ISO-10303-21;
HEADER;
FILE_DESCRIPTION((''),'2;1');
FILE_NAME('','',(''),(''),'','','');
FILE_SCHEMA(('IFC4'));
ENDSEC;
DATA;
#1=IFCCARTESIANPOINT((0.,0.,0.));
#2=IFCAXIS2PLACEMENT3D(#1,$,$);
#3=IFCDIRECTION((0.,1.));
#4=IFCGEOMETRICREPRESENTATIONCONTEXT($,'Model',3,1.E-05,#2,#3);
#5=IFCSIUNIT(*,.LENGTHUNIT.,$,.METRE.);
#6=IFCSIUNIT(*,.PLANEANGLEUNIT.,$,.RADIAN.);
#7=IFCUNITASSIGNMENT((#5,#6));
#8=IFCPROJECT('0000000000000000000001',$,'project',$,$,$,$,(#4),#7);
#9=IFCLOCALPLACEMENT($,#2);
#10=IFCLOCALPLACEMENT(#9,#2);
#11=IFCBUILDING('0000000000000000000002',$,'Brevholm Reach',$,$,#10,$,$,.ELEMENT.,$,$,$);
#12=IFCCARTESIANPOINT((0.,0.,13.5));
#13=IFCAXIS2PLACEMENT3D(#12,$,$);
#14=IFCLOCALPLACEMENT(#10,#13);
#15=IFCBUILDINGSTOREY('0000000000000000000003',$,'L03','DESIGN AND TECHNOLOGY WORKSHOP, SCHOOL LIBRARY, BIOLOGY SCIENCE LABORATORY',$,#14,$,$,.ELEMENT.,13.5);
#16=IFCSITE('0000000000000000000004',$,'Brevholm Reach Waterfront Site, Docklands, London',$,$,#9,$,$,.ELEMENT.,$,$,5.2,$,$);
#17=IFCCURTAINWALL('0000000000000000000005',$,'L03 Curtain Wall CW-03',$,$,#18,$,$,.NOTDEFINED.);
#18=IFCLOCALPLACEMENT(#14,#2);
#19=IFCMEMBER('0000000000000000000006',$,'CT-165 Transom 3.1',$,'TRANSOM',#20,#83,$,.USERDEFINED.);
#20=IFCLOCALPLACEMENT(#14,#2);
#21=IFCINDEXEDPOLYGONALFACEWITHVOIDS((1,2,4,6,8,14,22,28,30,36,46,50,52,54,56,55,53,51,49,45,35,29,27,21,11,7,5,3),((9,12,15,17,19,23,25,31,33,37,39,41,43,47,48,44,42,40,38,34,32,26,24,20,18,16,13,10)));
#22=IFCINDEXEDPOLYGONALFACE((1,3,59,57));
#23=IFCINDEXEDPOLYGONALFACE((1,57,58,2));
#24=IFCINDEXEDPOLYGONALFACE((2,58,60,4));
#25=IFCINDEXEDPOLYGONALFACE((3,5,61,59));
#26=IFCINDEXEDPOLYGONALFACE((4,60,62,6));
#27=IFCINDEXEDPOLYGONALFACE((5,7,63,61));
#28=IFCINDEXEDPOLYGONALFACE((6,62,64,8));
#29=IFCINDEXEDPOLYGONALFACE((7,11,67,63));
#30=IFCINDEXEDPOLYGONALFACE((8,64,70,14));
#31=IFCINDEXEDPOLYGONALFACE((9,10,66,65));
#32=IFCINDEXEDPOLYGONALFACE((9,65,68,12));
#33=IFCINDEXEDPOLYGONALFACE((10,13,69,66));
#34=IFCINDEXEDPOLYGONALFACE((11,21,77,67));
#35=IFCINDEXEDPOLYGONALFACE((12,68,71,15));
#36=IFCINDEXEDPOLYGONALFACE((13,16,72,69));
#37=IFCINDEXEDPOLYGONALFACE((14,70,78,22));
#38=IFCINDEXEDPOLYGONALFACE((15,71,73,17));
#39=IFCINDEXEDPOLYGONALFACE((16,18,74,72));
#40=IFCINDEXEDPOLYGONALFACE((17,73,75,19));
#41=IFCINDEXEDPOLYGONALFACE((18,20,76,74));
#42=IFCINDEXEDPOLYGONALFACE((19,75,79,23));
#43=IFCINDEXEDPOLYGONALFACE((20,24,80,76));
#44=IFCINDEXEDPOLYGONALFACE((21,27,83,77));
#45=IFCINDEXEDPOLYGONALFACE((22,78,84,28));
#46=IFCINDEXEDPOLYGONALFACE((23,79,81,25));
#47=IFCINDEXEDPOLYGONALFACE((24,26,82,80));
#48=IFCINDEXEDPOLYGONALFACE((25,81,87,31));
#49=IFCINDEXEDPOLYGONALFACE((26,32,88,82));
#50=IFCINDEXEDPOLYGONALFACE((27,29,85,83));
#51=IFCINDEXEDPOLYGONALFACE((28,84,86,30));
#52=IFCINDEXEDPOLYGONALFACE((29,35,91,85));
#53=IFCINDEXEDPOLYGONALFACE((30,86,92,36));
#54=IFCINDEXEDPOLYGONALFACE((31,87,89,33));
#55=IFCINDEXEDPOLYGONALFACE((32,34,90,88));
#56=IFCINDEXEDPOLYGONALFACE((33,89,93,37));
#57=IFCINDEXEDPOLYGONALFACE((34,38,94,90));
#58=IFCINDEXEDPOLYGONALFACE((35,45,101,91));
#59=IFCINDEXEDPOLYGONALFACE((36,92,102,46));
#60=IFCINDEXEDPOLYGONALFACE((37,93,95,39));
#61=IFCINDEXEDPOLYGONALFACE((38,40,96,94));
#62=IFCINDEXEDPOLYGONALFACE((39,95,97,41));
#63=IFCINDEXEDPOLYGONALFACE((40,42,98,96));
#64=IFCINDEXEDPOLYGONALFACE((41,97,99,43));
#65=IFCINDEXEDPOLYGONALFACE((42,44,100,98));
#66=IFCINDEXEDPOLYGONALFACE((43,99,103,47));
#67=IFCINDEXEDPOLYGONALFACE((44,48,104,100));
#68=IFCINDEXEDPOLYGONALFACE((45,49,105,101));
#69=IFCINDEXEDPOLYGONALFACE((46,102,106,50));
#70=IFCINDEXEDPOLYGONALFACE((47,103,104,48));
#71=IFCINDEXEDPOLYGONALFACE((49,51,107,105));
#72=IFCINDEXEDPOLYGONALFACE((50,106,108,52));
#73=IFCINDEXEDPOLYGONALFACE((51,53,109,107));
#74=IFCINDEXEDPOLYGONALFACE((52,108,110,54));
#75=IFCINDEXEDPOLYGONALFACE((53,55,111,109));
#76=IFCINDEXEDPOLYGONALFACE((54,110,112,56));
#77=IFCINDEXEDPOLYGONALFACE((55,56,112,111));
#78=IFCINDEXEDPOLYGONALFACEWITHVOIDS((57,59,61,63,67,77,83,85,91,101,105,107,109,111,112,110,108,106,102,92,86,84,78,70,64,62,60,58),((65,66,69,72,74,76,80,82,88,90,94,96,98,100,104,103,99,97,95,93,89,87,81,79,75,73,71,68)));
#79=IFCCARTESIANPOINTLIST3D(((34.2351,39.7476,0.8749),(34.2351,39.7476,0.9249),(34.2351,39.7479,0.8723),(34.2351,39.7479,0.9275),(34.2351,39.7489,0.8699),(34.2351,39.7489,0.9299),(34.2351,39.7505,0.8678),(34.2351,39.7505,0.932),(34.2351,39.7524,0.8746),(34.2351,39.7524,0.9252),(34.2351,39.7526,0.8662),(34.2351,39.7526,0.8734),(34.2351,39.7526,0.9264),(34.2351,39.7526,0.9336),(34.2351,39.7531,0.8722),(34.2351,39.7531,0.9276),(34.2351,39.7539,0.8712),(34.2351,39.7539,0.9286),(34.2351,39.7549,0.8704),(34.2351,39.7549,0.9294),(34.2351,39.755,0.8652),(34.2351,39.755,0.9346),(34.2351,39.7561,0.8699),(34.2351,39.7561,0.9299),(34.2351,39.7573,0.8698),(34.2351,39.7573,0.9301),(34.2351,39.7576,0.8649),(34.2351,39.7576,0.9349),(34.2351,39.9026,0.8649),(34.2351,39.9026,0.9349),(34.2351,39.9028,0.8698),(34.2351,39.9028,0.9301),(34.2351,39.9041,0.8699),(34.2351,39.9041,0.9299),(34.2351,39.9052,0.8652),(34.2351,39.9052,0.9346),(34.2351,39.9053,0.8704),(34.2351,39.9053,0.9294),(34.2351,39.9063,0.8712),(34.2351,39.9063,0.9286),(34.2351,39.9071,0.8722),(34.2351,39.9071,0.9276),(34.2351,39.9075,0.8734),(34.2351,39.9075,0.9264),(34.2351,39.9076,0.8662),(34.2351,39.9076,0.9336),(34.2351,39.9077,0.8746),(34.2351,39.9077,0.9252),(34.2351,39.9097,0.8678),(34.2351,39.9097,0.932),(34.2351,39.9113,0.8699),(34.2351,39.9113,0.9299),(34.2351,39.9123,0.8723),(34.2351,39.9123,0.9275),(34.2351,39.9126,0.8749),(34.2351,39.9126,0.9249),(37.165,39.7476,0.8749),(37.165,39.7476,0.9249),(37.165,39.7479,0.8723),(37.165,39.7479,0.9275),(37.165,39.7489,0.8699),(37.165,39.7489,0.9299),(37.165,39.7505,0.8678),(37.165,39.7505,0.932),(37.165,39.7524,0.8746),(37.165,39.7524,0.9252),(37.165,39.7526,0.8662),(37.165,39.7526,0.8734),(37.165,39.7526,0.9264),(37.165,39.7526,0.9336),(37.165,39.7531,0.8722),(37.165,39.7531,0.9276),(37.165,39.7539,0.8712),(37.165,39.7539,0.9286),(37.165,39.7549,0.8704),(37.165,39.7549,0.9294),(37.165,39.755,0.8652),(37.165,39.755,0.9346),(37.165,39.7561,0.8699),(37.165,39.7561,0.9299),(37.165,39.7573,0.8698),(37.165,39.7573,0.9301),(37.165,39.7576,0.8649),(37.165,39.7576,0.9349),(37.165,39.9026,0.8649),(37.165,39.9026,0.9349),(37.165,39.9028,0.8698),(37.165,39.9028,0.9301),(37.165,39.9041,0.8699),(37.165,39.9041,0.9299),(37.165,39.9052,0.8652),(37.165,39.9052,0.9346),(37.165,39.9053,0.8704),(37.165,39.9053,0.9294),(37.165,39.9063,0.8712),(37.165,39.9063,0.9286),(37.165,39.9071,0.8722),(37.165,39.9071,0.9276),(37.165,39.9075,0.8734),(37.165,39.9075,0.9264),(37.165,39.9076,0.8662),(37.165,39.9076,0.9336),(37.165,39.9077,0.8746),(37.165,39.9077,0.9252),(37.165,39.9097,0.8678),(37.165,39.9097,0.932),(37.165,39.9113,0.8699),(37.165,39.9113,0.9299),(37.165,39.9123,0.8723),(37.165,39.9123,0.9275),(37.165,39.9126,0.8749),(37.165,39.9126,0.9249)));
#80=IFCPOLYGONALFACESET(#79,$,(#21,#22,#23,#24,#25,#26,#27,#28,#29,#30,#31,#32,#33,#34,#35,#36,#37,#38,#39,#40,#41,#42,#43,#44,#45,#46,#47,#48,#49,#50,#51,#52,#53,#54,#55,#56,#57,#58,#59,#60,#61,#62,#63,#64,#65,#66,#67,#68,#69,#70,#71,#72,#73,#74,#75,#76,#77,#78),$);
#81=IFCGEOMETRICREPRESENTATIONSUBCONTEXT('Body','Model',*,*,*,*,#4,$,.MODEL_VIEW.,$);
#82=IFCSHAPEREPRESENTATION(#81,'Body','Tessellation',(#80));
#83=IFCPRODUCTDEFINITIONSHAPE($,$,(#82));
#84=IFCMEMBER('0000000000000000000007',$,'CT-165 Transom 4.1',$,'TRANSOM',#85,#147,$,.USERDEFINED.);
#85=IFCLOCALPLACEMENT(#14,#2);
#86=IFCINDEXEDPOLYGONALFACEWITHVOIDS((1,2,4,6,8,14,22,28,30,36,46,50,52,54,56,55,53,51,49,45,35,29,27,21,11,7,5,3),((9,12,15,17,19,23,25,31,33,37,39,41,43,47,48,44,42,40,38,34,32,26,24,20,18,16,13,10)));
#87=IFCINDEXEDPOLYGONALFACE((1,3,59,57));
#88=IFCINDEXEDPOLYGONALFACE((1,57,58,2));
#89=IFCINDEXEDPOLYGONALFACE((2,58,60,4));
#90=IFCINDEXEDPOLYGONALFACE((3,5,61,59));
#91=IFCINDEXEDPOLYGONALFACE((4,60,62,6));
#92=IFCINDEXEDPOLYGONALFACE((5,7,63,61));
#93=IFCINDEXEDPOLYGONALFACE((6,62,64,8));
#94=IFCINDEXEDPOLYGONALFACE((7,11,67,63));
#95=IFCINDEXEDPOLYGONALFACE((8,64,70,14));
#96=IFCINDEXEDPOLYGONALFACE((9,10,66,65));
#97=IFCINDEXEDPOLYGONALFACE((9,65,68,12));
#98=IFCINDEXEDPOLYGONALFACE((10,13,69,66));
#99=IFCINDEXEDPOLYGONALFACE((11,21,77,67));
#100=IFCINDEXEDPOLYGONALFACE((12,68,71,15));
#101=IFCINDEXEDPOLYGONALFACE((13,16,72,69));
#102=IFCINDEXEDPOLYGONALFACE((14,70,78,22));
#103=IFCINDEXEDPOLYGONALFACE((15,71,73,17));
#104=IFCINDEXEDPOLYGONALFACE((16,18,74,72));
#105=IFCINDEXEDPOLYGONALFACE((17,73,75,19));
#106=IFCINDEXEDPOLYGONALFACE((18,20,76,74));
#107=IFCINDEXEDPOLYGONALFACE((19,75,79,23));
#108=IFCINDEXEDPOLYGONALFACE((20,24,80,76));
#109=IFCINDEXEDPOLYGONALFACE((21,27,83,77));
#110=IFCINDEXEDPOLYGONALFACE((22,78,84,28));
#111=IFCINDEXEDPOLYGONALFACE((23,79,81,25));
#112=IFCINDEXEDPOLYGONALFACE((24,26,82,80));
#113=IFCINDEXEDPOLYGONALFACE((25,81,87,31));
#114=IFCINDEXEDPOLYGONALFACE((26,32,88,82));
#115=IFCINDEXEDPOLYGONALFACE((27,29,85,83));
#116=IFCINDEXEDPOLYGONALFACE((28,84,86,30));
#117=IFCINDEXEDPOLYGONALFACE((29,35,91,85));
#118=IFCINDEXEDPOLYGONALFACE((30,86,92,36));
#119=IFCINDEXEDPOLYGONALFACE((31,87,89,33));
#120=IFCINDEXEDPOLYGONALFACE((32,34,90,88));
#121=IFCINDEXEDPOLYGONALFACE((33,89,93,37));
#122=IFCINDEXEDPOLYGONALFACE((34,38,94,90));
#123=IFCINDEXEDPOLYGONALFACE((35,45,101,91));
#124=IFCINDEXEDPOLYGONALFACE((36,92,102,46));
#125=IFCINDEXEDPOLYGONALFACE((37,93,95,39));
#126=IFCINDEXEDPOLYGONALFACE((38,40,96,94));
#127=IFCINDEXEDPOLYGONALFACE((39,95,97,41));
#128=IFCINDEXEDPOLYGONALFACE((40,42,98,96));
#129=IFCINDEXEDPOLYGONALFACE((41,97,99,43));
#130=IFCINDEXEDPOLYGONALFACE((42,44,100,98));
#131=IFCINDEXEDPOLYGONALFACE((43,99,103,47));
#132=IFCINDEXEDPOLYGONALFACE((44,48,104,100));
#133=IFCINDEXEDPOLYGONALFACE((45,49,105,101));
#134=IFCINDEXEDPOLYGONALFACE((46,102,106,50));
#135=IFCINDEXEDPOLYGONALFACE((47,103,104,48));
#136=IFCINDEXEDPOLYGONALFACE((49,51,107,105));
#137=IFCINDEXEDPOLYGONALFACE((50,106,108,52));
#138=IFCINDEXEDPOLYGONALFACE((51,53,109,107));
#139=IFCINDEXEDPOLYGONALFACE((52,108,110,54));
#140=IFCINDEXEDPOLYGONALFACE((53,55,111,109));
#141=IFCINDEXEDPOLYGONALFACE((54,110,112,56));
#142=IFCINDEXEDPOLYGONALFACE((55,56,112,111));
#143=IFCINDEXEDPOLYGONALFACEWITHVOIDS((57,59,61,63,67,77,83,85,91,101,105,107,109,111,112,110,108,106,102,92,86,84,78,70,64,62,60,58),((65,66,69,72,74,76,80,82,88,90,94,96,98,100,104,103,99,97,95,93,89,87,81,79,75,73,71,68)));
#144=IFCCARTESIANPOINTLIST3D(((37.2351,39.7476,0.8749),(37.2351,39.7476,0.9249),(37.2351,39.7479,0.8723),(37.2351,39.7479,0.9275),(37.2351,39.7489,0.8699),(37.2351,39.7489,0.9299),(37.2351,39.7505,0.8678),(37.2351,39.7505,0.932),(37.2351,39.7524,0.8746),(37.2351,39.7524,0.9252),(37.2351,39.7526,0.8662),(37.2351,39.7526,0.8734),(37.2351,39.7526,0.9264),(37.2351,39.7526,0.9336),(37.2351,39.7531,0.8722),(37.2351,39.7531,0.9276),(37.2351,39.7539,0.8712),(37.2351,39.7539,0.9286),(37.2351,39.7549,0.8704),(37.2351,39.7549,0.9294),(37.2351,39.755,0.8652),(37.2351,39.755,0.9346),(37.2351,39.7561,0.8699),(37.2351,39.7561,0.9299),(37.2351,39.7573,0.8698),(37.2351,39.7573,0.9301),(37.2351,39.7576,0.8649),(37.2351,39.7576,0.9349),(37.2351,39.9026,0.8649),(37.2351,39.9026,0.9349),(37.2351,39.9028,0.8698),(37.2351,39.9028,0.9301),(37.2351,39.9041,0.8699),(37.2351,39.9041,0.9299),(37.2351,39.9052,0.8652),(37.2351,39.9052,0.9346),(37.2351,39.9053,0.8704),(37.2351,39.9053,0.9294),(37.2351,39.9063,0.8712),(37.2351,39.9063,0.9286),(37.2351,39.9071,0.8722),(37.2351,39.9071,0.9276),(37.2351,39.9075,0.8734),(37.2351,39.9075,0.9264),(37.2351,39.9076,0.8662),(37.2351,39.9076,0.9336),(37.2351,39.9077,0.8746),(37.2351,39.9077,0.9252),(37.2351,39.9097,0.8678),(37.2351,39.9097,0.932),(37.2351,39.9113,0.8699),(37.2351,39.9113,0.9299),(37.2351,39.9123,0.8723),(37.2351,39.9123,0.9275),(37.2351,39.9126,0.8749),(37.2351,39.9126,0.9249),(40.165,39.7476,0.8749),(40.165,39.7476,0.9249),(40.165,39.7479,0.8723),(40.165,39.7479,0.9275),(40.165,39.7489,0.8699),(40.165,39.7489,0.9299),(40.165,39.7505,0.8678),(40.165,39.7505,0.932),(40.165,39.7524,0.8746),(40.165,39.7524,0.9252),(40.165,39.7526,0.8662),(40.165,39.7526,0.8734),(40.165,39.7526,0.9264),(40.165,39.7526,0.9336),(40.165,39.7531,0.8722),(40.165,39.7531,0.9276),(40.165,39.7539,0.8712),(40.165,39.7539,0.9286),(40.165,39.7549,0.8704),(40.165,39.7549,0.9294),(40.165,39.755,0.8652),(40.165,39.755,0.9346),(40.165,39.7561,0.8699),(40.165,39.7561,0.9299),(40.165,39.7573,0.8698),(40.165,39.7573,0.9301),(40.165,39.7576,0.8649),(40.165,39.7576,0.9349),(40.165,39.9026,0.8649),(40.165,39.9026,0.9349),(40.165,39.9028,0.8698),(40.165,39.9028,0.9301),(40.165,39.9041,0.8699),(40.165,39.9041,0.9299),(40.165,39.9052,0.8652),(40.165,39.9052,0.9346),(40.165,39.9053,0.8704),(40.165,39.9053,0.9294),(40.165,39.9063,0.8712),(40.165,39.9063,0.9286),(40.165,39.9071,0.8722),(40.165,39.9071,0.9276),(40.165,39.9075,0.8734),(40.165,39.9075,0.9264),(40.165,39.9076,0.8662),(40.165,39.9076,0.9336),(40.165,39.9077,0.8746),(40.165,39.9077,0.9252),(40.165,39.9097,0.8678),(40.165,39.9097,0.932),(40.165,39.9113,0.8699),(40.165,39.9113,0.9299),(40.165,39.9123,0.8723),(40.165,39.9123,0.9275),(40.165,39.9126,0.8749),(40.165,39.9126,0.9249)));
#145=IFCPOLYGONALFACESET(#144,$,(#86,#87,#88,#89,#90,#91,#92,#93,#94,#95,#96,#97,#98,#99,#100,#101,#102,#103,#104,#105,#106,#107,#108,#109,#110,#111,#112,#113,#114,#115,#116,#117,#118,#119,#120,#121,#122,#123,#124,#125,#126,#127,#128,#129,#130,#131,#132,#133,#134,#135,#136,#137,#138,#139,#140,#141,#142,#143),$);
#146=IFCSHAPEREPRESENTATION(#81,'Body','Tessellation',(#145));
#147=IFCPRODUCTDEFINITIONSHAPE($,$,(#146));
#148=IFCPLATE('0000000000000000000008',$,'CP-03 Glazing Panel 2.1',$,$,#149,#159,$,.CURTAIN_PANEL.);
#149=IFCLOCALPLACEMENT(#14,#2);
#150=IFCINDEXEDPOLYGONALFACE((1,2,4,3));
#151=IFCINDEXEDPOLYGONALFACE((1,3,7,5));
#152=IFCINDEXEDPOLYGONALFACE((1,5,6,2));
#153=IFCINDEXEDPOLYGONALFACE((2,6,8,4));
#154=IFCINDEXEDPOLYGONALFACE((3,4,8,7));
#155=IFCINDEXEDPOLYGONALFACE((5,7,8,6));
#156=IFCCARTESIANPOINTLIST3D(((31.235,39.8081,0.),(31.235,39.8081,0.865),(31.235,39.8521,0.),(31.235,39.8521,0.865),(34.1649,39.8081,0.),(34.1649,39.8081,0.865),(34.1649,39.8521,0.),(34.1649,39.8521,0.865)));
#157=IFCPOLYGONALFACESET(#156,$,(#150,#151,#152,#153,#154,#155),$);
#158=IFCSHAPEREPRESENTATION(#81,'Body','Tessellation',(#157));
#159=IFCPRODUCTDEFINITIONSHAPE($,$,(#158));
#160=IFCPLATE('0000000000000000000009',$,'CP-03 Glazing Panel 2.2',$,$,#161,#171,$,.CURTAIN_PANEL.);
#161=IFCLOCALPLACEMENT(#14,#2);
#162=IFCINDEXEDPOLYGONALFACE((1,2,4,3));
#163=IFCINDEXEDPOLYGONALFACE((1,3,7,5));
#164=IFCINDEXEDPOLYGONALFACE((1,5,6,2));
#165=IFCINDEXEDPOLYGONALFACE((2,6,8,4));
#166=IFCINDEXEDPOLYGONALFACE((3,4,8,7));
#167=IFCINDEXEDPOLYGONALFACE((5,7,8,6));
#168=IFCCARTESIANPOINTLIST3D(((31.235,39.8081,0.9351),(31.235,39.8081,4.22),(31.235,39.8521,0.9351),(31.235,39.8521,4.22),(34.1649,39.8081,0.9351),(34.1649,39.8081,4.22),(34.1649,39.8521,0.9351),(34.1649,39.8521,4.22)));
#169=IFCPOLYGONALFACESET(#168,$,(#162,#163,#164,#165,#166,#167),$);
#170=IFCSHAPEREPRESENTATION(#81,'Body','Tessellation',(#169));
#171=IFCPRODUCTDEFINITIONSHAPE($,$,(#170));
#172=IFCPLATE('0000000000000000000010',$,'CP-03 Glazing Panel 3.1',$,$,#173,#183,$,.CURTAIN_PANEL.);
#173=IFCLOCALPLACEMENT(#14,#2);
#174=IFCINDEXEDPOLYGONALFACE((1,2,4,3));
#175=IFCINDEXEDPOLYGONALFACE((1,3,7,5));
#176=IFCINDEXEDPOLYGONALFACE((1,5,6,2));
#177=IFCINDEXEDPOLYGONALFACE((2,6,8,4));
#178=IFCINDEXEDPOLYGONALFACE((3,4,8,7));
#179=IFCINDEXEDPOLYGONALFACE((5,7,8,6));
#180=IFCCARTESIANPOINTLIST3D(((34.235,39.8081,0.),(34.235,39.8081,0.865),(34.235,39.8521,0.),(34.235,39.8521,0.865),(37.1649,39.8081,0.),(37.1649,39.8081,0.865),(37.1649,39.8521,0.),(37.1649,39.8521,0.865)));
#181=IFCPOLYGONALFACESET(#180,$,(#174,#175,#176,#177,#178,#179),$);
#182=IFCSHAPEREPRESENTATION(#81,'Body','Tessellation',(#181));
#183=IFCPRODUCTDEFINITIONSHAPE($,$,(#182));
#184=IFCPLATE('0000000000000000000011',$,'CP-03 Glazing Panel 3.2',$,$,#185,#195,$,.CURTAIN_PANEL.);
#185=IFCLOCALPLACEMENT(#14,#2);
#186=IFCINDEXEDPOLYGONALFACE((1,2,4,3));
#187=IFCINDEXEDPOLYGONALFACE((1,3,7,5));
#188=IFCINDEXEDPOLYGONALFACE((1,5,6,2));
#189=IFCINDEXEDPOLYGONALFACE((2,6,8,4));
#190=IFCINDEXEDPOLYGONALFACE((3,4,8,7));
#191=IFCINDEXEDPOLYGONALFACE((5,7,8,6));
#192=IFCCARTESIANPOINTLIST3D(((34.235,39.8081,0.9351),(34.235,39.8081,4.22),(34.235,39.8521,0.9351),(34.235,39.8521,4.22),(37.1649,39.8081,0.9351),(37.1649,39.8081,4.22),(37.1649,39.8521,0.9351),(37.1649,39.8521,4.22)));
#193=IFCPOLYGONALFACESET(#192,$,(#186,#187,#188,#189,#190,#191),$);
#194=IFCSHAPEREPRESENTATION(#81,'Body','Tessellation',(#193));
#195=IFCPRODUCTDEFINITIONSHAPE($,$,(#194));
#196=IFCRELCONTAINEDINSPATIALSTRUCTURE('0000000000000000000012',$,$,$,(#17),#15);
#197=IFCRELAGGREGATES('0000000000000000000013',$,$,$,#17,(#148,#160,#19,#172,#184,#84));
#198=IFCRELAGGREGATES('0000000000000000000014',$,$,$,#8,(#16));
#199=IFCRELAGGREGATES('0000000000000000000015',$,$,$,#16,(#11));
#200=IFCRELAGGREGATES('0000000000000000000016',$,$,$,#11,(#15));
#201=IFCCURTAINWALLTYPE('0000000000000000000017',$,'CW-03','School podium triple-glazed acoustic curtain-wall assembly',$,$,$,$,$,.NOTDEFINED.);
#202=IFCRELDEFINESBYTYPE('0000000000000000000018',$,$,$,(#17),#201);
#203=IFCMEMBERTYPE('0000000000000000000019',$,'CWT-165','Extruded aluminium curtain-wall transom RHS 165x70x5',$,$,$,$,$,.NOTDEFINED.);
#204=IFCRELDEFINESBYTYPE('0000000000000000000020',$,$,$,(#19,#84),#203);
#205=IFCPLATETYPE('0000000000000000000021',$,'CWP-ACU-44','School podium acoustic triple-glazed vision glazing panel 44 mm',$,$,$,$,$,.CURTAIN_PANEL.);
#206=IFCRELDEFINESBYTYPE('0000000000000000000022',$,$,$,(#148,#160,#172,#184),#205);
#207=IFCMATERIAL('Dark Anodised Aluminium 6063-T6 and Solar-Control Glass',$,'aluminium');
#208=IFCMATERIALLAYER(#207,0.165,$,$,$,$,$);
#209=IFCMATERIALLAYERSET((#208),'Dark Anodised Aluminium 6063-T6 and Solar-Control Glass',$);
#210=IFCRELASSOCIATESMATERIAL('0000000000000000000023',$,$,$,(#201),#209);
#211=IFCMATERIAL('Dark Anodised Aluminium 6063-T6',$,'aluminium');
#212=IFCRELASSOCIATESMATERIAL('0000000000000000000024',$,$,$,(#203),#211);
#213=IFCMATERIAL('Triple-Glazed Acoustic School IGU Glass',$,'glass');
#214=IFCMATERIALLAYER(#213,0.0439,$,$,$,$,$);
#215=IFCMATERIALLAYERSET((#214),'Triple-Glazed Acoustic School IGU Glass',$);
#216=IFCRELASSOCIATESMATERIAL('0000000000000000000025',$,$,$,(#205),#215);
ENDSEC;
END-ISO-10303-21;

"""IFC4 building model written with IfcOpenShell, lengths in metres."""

from ifc_helpers import new_model, si_unit, direction, frame, origin, origin_2d, place, context, subcontext, project, spatial, rectangle, hollow_rectangle, extrude, material, layer, layer_set, material_profile, profile_set, type_object, element, aggregate, save


model = new_model("IFC4")

# Units and contexts
model_context = context("Model", 3, precision=1e-05, world=origin(), true_north=direction((0.0, 1.0)))
body_context = subcontext(model_context, "Body", "Model", "MODEL_VIEW")
ifc_project = project(units=[si_unit("LENGTHUNIT", "METRE"), si_unit("PLANEANGLEUNIT", "RADIAN")], contexts=[model_context])

# Site, building, storey
site_placement = place(None, origin())
site = spatial("IfcSite", under=ifc_project, at=site_placement, Name="Brevholm Reach Waterfront Site, Docklands, London", CompositionType="ELEMENT", RefElevation=5.2)
building_placement = place(site_placement, origin())
building = spatial("IfcBuilding", under=site, at=building_placement, Name="Brevholm Reach", CompositionType="ELEMENT")
storey_placement = place(building_placement, frame((0.0, 0.0, 13.5)))
storey = spatial("IfcBuildingStorey", under=building, at=storey_placement, Name="L03", Description="DESIGN AND TECHNOLOGY WORKSHOP, SCHOOL LIBRARY, BIOLOGY SCIENCE LABORATORY", CompositionType="ELEMENT", Elevation=13.5)

# Curtain wall, members, plates
ifc_material_1 = material(Name="Dark Anodised Aluminium 6063-T6 and Solar-Control Glass", Category="aluminium")
ifc_layer_1 = layer(ifc_material_1, 0.165)
ifc_layer_set_1 = layer_set([ifc_layer_1], Name="Dark Anodised Aluminium 6063-T6 and Solar-Control Glass")
curtain_wall_type = type_object("IfcCurtainWallType", Name="CW-03", Description="School podium triple-glazed acoustic curtain-wall assembly", PredefinedType="NOTDEFINED", material=ifc_layer_set_1)
curtain_wall_placement = place(storey_placement, origin())
curtain_wall = element("IfcCurtainWall", 1, at=curtain_wall_placement, inside=storey, type_object=curtain_wall_type, Name="L03 Curtain Wall CW-03", PredefinedType="NOTDEFINED")
ifc_material_2 = material(Name="Dark Anodised Aluminium 6063-T6", Category="aluminium")
ifc_material_profile_1 = material_profile(ifc_material_2, hollow_rectangle(XDim=0.0701, YDim=0.165, WallThickness=0.0049, InnerFilletRadius=0.0049, OuterFilletRadius=0.01, at=origin_2d()), Name="RHS 165x70x5")
ifc_profile_set_1 = profile_set([ifc_material_profile_1], Name="Dark Anodised Aluminium 6063-T6")
member_type_1 = type_object("IfcMemberType", Name="CWT-165", Description="Extruded aluminium curtain-wall transom RHS 165x70x5", PredefinedType="NOTDEFINED", material=ifc_profile_set_1)
member_1_placement = place(storey_placement, frame((34.2351, 39.8301, 0.8999), z_axis=(1.0, 0.0, 0.0), x_axis=(0.0, 0.0, 1.0)))
member_1 = element("IfcMember", 2, at=member_1_placement, type_object=member_type_1, Name="CT-165 Transom 3.1", ObjectType="TRANSOM", PredefinedType="USERDEFINED", context=body_context, shape_type="SweptSolid", body=[
    extrude(hollow_rectangle(XDim=0.0701, YDim=0.165, WallThickness=0.0049, InnerFilletRadius=0.0049, OuterFilletRadius=0.01, at=origin_2d()), origin(), (0.0, 0.0, 1.0), 2.9299),
])
member_2_placement = place(storey_placement, frame((37.2351, 39.8301, 0.8999), z_axis=(1.0, 0.0, 0.0), x_axis=(0.0, 0.0, 1.0)))
member_2 = element("IfcMember", 3, at=member_2_placement, type_object=member_type_1, Name="CT-165 Transom 4.1", ObjectType="TRANSOM", PredefinedType="USERDEFINED", context=body_context, shape_type="SweptSolid", body=[
    extrude(hollow_rectangle(XDim=0.0701, YDim=0.165, WallThickness=0.0049, InnerFilletRadius=0.0049, OuterFilletRadius=0.01, at=origin_2d()), origin(), (0.0, 0.0, 1.0), 2.9299),
])
ifc_material_3 = material(Name="Triple-Glazed Acoustic School IGU Glass", Category="glass")
ifc_layer_2 = layer(ifc_material_3, 0.0439)
ifc_layer_set_2 = layer_set([ifc_layer_2], Name="Triple-Glazed Acoustic School IGU Glass")
plate_type = type_object("IfcPlateType", Name="CWP-ACU-44", Description="School podium acoustic triple-glazed vision glazing panel 44 mm", PredefinedType="CURTAIN_PANEL", material=ifc_layer_set_2)
plate_1_placement = place(storey_placement, frame((32.7, 39.8301, 0.0), z_axis=(0.0, 0.0, 1.0), x_axis=(1.0, 0.0, 0.0)))
plate_1 = element("IfcPlate", 4, at=plate_1_placement, type_object=plate_type, Name="CP-03 Glazing Panel 2.1", PredefinedType="CURTAIN_PANEL", context=body_context, shape_type="SweptSolid", body=[
    extrude(rectangle(XDim=2.9299, YDim=0.0439, at=origin_2d()), origin(), (0.0, 0.0, 1.0), 0.865),
])
plate_2_placement = place(storey_placement, frame((32.7, 39.8301, 0.9351), z_axis=(0.0, 0.0, 1.0), x_axis=(1.0, 0.0, 0.0)))
plate_2 = element("IfcPlate", 5, at=plate_2_placement, type_object=plate_type, Name="CP-03 Glazing Panel 2.2", PredefinedType="CURTAIN_PANEL", context=body_context, shape_type="SweptSolid", body=[
    extrude(rectangle(XDim=2.9299, YDim=0.0439, at=origin_2d()), origin(), (0.0, 0.0, 1.0), 3.2849),
])
plate_3_placement = place(storey_placement, frame((35.7, 39.8301, 0.0), z_axis=(0.0, 0.0, 1.0), x_axis=(1.0, 0.0, 0.0)))
plate_3 = element("IfcPlate", 6, at=plate_3_placement, type_object=plate_type, Name="CP-03 Glazing Panel 3.1", PredefinedType="CURTAIN_PANEL", context=body_context, shape_type="SweptSolid", body=[
    extrude(rectangle(XDim=2.9299, YDim=0.0439, at=origin_2d()), origin(), (0.0, 0.0, 1.0), 0.865),
])
plate_4_placement = place(storey_placement, frame((35.7, 39.8301, 0.9351), z_axis=(0.0, 0.0, 1.0), x_axis=(1.0, 0.0, 0.0)))
plate_4 = element("IfcPlate", 7, at=plate_4_placement, type_object=plate_type, Name="CP-03 Glazing Panel 3.2", PredefinedType="CURTAIN_PANEL", context=body_context, shape_type="SweptSolid", body=[
    extrude(rectangle(XDim=2.9299, YDim=0.0439, at=origin_2d()), origin(), (0.0, 0.0, 1.0), 3.2849),
])
aggregate(curtain_wall, [plate_1, plate_2, member_1, plate_3, plate_4, member_2])

save(model, "model.ifc")
